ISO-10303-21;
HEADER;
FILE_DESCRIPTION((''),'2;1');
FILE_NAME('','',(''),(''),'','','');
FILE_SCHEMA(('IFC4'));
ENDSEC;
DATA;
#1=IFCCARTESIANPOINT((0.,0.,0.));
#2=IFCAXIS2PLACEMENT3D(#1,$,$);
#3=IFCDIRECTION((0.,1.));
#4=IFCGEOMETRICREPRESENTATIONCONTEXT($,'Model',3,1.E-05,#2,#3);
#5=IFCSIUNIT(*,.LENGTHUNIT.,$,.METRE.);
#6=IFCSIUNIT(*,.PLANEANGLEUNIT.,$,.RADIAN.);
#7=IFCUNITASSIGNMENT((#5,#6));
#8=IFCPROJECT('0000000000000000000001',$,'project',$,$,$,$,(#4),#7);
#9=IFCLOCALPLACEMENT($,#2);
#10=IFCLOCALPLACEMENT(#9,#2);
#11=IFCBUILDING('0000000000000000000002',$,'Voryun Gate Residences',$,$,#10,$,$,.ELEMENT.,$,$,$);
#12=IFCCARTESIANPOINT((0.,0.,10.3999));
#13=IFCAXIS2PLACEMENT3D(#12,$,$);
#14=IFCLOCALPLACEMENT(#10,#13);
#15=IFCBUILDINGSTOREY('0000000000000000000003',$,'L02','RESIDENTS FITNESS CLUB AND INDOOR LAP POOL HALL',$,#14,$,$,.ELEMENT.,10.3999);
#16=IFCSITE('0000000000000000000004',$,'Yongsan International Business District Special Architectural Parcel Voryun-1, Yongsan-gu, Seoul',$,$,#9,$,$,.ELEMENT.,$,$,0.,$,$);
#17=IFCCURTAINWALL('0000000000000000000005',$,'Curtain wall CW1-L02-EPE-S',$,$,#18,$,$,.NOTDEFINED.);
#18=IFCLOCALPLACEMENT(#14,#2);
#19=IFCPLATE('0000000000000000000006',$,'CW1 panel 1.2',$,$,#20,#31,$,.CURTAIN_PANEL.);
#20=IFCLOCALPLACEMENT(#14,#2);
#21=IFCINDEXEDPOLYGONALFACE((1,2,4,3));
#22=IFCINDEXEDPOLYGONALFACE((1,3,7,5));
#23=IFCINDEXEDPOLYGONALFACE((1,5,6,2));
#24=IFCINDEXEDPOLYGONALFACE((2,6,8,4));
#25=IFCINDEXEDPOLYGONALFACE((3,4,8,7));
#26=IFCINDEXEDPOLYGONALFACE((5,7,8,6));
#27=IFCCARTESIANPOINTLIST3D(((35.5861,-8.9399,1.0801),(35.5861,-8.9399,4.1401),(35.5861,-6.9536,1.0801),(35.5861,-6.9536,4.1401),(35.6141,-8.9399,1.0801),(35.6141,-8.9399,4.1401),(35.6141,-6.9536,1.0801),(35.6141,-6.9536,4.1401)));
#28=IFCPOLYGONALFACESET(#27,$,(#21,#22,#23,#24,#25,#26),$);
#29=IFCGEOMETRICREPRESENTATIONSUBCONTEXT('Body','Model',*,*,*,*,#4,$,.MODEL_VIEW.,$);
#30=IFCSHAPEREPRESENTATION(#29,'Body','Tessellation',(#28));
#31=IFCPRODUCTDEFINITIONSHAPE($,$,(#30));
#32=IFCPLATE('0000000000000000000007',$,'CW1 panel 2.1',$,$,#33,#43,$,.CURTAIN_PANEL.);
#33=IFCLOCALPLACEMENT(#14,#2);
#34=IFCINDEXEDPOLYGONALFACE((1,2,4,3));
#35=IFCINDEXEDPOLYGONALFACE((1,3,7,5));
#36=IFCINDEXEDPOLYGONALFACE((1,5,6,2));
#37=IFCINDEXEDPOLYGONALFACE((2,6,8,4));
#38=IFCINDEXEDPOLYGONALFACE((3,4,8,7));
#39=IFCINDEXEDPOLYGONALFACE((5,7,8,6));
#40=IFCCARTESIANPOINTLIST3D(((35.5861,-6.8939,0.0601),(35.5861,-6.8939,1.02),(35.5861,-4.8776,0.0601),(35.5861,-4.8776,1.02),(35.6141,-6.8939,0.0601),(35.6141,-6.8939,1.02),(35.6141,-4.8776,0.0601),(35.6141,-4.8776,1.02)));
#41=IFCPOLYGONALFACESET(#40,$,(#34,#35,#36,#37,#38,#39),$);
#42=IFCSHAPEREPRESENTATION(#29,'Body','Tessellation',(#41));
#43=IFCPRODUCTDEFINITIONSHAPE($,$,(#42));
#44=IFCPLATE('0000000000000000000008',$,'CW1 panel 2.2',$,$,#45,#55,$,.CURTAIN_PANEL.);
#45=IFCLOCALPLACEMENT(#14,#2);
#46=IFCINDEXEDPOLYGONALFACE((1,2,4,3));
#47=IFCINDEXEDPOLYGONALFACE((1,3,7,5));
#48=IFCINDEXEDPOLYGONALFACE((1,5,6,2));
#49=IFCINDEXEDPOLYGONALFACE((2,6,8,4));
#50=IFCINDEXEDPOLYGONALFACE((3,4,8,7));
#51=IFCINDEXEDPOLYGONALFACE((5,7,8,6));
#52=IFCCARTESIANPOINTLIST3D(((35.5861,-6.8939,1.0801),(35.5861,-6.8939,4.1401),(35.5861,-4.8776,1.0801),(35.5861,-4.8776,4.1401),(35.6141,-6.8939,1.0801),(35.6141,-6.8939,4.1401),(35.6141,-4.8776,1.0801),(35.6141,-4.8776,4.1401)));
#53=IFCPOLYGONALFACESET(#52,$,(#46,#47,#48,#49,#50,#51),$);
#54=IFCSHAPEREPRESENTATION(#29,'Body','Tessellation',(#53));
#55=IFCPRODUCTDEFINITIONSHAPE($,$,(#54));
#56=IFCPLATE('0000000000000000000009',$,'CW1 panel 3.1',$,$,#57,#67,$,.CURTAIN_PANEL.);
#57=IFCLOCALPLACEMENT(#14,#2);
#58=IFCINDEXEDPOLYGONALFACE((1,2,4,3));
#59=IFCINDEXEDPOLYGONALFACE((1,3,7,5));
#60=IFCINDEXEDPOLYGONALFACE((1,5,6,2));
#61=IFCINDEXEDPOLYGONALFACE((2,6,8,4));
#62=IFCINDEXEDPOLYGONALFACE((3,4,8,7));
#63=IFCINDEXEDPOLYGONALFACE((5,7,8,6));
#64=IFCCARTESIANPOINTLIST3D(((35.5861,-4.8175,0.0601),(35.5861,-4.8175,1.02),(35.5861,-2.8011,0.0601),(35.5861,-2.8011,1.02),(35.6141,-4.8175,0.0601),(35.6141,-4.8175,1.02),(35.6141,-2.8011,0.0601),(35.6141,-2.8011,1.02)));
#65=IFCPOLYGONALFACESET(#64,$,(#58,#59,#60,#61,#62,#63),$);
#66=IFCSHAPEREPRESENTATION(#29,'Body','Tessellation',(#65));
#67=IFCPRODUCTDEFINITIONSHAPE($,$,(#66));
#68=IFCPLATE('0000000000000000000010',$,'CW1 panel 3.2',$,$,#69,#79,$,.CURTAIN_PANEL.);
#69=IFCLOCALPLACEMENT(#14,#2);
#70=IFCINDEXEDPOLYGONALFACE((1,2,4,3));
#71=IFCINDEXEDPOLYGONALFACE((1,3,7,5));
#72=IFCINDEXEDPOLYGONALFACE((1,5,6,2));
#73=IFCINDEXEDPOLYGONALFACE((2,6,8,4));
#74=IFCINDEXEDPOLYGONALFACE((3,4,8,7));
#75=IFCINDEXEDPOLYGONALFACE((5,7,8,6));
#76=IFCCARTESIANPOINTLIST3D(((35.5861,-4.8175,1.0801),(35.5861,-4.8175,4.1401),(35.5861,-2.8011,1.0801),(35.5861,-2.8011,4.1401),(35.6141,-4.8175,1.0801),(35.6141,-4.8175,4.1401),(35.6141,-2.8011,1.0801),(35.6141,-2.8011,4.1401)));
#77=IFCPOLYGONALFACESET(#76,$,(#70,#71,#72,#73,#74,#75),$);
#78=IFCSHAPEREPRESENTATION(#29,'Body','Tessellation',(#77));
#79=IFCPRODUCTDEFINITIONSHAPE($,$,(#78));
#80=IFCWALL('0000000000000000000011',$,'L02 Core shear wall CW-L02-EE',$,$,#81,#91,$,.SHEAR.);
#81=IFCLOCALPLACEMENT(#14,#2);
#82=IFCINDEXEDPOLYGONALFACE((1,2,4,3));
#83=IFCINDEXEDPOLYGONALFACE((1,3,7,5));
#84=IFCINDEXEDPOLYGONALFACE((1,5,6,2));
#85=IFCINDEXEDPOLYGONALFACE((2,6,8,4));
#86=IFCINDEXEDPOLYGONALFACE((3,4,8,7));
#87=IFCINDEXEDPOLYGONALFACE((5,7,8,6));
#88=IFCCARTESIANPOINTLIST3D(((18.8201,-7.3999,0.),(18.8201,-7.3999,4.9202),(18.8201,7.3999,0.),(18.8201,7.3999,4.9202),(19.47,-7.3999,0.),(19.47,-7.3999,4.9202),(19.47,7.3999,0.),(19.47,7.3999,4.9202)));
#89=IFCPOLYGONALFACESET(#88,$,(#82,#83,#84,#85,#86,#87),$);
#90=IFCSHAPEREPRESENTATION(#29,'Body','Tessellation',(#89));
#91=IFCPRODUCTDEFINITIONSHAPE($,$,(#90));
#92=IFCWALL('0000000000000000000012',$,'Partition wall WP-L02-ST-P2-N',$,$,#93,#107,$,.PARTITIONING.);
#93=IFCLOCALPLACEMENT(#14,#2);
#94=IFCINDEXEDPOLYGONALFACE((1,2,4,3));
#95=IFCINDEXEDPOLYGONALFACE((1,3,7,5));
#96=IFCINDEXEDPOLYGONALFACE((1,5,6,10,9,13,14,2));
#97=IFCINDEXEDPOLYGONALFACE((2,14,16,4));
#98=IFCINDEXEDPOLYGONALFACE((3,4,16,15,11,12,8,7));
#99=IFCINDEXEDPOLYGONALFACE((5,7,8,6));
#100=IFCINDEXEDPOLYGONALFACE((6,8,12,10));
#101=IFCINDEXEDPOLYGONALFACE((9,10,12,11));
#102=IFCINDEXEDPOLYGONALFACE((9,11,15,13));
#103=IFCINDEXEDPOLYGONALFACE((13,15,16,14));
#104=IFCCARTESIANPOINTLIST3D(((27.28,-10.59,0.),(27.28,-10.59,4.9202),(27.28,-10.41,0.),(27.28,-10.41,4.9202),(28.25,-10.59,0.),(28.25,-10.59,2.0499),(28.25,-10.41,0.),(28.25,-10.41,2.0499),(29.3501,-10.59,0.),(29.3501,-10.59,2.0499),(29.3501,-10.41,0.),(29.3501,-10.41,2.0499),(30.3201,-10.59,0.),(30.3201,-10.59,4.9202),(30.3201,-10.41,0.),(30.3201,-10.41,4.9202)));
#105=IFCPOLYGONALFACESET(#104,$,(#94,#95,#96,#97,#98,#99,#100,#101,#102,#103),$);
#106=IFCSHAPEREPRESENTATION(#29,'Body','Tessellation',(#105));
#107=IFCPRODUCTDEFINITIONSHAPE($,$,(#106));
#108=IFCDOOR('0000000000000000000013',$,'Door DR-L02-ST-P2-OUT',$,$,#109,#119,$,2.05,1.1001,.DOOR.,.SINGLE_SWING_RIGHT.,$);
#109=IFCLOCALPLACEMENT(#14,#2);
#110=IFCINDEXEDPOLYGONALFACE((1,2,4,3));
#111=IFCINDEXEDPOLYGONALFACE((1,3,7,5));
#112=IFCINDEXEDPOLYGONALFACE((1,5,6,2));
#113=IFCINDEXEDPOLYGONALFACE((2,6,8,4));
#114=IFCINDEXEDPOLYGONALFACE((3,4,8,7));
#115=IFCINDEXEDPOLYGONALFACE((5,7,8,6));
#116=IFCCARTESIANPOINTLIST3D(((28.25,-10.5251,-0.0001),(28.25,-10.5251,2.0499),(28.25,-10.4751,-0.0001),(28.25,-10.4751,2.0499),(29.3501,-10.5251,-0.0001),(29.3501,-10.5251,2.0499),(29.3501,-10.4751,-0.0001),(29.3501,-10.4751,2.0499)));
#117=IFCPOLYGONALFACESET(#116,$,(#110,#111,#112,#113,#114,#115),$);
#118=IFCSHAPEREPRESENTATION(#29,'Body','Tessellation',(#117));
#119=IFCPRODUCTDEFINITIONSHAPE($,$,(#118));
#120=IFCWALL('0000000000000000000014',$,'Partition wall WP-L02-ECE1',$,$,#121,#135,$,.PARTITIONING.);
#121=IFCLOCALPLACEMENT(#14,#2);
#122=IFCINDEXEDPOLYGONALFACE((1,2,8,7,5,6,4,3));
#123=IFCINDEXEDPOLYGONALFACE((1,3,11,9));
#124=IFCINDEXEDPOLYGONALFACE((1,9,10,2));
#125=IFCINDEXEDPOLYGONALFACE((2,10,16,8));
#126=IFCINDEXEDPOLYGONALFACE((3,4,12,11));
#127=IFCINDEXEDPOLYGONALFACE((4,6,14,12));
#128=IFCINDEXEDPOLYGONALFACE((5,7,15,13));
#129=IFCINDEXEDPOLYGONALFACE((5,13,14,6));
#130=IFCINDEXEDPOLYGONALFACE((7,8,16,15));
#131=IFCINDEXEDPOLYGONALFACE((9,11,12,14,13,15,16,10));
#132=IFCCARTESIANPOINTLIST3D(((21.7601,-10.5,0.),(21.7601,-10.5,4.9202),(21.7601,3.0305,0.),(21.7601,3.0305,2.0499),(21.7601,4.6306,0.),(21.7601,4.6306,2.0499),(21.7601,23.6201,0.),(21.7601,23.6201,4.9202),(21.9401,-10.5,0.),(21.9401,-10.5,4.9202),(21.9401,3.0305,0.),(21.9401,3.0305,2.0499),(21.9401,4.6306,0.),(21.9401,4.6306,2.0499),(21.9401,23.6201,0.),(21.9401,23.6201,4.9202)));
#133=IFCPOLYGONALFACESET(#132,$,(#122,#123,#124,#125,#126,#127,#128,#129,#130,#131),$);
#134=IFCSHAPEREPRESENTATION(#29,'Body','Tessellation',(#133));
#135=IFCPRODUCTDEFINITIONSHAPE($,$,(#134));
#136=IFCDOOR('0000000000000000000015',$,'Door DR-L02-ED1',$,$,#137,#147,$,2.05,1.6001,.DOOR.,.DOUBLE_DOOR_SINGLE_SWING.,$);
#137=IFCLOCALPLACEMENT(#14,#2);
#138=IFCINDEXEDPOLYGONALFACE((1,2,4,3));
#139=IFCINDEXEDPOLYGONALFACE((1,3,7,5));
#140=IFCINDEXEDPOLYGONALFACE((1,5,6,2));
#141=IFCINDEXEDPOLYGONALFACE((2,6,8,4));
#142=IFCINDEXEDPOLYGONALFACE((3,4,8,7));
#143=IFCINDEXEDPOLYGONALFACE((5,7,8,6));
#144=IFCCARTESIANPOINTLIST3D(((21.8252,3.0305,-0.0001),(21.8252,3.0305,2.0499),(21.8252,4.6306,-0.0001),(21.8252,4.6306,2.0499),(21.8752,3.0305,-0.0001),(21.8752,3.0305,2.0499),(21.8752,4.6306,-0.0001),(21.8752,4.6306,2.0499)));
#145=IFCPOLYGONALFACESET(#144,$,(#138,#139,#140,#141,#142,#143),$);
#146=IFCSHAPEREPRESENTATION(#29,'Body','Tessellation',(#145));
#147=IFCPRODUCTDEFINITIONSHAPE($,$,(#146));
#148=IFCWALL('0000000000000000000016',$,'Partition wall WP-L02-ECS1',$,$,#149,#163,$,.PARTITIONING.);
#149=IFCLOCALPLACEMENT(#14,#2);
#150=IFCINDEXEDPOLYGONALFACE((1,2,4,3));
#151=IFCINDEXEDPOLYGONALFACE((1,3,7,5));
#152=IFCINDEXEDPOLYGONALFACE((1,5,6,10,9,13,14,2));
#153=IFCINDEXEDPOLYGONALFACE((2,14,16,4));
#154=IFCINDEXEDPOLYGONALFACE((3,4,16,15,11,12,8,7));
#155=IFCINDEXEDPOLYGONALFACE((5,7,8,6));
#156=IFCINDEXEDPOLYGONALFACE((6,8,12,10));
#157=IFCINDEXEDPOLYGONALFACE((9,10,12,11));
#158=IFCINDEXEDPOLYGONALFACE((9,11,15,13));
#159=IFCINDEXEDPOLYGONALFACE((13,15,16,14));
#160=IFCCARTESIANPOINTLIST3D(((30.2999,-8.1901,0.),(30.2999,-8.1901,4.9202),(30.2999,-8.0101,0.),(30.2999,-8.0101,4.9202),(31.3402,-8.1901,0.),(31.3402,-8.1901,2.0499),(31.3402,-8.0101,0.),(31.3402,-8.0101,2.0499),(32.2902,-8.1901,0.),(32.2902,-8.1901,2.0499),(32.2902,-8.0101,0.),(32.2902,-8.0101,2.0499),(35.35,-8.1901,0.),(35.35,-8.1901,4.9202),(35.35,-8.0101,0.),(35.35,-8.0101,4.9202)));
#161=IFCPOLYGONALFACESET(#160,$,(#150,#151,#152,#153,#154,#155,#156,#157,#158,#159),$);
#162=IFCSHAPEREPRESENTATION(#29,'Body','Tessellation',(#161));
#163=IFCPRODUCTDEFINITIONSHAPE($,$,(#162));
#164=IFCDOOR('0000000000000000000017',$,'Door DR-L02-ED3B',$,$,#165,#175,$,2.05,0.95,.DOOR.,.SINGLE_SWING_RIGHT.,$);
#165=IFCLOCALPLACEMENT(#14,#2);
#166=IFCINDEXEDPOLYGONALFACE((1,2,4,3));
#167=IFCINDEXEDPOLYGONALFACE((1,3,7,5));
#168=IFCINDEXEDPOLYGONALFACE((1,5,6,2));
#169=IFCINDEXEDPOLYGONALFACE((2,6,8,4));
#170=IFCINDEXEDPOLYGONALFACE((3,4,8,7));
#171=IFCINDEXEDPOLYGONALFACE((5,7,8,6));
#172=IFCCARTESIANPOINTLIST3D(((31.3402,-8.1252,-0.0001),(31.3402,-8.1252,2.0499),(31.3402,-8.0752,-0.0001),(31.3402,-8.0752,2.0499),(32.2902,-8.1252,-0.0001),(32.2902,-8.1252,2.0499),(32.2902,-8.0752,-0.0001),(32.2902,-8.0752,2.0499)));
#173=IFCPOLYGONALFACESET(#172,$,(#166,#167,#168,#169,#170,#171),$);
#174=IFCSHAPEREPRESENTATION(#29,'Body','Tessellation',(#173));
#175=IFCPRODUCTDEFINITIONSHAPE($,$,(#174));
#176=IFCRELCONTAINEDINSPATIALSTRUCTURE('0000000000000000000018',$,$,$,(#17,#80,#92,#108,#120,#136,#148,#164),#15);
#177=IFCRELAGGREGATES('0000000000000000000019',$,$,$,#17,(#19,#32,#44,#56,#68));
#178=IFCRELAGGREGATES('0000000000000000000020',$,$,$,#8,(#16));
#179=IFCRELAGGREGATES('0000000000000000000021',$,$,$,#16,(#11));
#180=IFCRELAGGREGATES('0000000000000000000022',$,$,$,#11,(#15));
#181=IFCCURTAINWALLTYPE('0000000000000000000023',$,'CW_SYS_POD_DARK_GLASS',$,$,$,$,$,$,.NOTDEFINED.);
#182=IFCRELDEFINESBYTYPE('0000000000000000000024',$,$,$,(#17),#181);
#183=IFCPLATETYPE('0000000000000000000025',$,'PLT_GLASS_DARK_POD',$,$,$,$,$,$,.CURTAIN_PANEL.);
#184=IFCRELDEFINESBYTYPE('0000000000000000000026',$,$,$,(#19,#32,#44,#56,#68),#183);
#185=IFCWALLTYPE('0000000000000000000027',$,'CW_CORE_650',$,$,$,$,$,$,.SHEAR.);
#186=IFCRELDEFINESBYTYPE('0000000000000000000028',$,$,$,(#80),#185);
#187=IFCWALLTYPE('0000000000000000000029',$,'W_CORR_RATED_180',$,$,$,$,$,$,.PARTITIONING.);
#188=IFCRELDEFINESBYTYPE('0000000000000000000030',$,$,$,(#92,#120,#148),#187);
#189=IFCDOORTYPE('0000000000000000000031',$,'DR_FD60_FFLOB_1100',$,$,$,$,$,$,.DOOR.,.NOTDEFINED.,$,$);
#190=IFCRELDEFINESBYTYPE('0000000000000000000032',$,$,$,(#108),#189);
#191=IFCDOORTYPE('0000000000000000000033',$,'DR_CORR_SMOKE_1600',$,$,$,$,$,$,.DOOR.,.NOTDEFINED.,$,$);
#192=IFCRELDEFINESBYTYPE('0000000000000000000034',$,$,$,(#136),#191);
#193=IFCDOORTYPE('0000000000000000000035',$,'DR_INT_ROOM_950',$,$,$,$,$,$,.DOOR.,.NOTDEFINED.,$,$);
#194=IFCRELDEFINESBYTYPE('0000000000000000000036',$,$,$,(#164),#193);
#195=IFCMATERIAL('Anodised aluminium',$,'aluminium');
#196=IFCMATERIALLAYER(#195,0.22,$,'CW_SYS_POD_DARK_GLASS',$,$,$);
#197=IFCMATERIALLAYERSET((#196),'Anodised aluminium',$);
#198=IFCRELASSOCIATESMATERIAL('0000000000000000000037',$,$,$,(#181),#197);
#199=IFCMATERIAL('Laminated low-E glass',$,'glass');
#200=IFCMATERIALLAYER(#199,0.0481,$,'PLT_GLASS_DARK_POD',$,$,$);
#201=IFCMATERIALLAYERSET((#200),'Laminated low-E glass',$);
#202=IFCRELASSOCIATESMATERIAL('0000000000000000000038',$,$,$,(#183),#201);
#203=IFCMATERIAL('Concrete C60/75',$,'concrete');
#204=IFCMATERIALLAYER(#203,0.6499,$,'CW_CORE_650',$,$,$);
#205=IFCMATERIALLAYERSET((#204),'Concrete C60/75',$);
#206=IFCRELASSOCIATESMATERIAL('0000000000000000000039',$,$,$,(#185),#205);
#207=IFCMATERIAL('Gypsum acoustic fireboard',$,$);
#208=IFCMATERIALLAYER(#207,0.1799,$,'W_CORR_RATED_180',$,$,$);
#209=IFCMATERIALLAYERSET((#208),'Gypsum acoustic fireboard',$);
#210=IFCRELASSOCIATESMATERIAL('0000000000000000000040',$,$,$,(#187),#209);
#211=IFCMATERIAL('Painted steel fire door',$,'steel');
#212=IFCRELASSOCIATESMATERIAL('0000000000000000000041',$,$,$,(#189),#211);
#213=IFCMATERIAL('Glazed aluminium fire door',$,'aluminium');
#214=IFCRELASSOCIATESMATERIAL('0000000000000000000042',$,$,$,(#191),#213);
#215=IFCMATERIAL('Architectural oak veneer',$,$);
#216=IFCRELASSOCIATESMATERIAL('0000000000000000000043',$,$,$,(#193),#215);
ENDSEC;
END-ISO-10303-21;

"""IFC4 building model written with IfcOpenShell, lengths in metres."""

from ifc_helpers import new_model, si_unit, direction, frame, frame_2d, origin, origin_2d, place, context, subcontext, project, spatial, rectangle, extrude, material, layer, layer_set, type_object, element, fill, aggregate, save


model = new_model("IFC4")

# Units and contexts
model_context = context("Model", 3, precision=1e-05, world=origin(), true_north=direction((0.0, 1.0)))
body_context = subcontext(model_context, "Body", "Model", "MODEL_VIEW")
ifc_project = project(units=[si_unit("LENGTHUNIT", "METRE"), si_unit("PLANEANGLEUNIT", "RADIAN")], contexts=[model_context])

# Site, building, storey
site_placement = place(None, origin())
site = spatial("IfcSite", under=ifc_project, at=site_placement, Name="Yongsan International Business District Special Architectural Parcel Voryun-1, Yongsan-gu, Seoul", CompositionType="ELEMENT", RefElevation=0.0)
building_placement = place(site_placement, origin())
building = spatial("IfcBuilding", under=site, at=building_placement, Name="Voryun Gate Residences", CompositionType="ELEMENT")
storey_placement = place(building_placement, frame((0.0, 0.0, 10.3999)))
storey = spatial("IfcBuildingStorey", under=building, at=storey_placement, Name="L02", Description="RESIDENTS FITNESS CLUB AND INDOOR LAP POOL HALL", CompositionType="ELEMENT", Elevation=10.3999)

# Curtain wall, plates
ifc_material_1 = material(Name="Anodised aluminium", Category="aluminium")
ifc_layer_1 = layer(ifc_material_1, 0.22, Name="CW_SYS_POD_DARK_GLASS")
ifc_layer_set_1 = layer_set([ifc_layer_1], Name="Anodised aluminium")
curtain_wall_type = type_object("IfcCurtainWallType", Name="CW_SYS_POD_DARK_GLASS", PredefinedType="NOTDEFINED", material=ifc_layer_set_1)
curtain_wall_placement = place(storey_placement, origin())
curtain_wall = element("IfcCurtainWall", 1, at=curtain_wall_placement, inside=storey, type_object=curtain_wall_type, Name="Curtain wall CW1-L02-EPE-S", PredefinedType="NOTDEFINED")
ifc_material_2 = material(Name="Laminated low-E glass", Category="glass")
ifc_layer_2 = layer(ifc_material_2, 0.0481, Name="PLT_GLASS_DARK_POD")
ifc_layer_set_2 = layer_set([ifc_layer_2], Name="Laminated low-E glass")
plate_type = type_object("IfcPlateType", Name="PLT_GLASS_DARK_POD", PredefinedType="CURTAIN_PANEL", material=ifc_layer_set_2)
plate_1_placement = place(storey_placement, frame((35.6001, -7.9468, 1.0801), z_axis=(0.0, 0.0, 1.0), x_axis=(0.0, 1.0, 0.0)))
plate_1 = element("IfcPlate", 2, at=plate_1_placement, type_object=plate_type, Name="CW1 panel 1.2", PredefinedType="CURTAIN_PANEL", context=body_context, shape_type="SweptSolid", body=[
    extrude(rectangle(XDim=1.9863, YDim=0.0281, at=origin_2d()), origin(), (0.0, 0.0, 1.0), 3.0601),
])
plate_2_placement = place(storey_placement, frame((35.6001, -5.8857, 0.0601), z_axis=(0.0, 0.0, 1.0), x_axis=(0.0, 1.0, 0.0)))
plate_2 = element("IfcPlate", 3, at=plate_2_placement, type_object=plate_type, Name="CW1 panel 2.1", PredefinedType="CURTAIN_PANEL", context=body_context, shape_type="SweptSolid", body=[
    extrude(rectangle(XDim=2.0164, YDim=0.0281, at=origin_2d()), origin(), (0.0, 0.0, 1.0), 0.96),
])
plate_3_placement = place(storey_placement, frame((35.6001, -5.8857, 1.0801), z_axis=(0.0, 0.0, 1.0), x_axis=(0.0, 1.0, 0.0)))
plate_3 = element("IfcPlate", 4, at=plate_3_placement, type_object=plate_type, Name="CW1 panel 2.2", PredefinedType="CURTAIN_PANEL", context=body_context, shape_type="SweptSolid", body=[
    extrude(rectangle(XDim=2.0164, YDim=0.0281, at=origin_2d()), origin(), (0.0, 0.0, 1.0), 3.0601),
])
plate_4_placement = place(storey_placement, frame((35.6001, -3.8093, 0.0601), z_axis=(0.0, 0.0, 1.0), x_axis=(0.0, 1.0, 0.0)))
plate_4 = element("IfcPlate", 5, at=plate_4_placement, type_object=plate_type, Name="CW1 panel 3.1", PredefinedType="CURTAIN_PANEL", context=body_context, shape_type="SweptSolid", body=[
    extrude(rectangle(XDim=2.0164, YDim=0.0281, at=origin_2d()), origin(), (0.0, 0.0, 1.0), 0.96),
])
plate_5_placement = place(storey_placement, frame((35.6001, -3.8093, 1.0801), z_axis=(0.0, 0.0, 1.0), x_axis=(0.0, 1.0, 0.0)))
plate_5 = element("IfcPlate", 6, at=plate_5_placement, type_object=plate_type, Name="CW1 panel 3.2", PredefinedType="CURTAIN_PANEL", context=body_context, shape_type="SweptSolid", body=[
    extrude(rectangle(XDim=2.0164, YDim=0.0281, at=origin_2d()), origin(), (0.0, 0.0, 1.0), 3.0601),
])
aggregate(curtain_wall, [plate_1, plate_2, plate_3, plate_4, plate_5])

# Wall
ifc_material_3 = material(Name="Concrete C60/75", Category="concrete")
ifc_layer_3 = layer(ifc_material_3, 0.6499, Name="CW_CORE_650")
ifc_layer_set_3 = layer_set([ifc_layer_3], Name="Concrete C60/75")
wall_type_1 = type_object("IfcWallType", Name="CW_CORE_650", PredefinedType="SHEAR", material=ifc_layer_set_3)
wall_1_placement = place(storey_placement, frame((19.145, -7.3999, 0.0), z_axis=(0.0, 0.0, 1.0), x_axis=(0.0, 1.0, 0.0)))
element("IfcWall", 7, at=wall_1_placement, inside=storey, type_object=wall_type_1, Name="L02 Core shear wall CW-L02-EE", PredefinedType="SHEAR", context=body_context, shape_type="SweptSolid", body=[
    extrude(rectangle(XDim=14.7998, YDim=0.6499, at=frame_2d((7.3999, 0.0))), origin(), (0.0, 0.0, 1.0), 4.9202),
])

# Walls, openings, doors
ifc_material_4 = material(Name="Gypsum acoustic fireboard")
ifc_layer_4 = layer(ifc_material_4, 0.1799, Name="W_CORR_RATED_180")
ifc_layer_set_4 = layer_set([ifc_layer_4], Name="Gypsum acoustic fireboard")
wall_type_2 = type_object("IfcWallType", Name="W_CORR_RATED_180", PredefinedType="PARTITIONING", material=ifc_layer_set_4)
wall_2_placement = place(storey_placement, frame((27.28, -10.5, 0.0), z_axis=(0.0, 0.0, 1.0), x_axis=(1.0, 0.0, 0.0)))
wall_2 = element("IfcWall", 8, at=wall_2_placement, inside=storey, type_object=wall_type_2, Name="Partition wall WP-L02-ST-P2-N", PredefinedType="PARTITIONING", context=body_context, shape_type="SweptSolid", body=[
    extrude(rectangle(XDim=3.04, YDim=0.1799, at=frame_2d((1.52, 0.0))), origin(), (0.0, 0.0, 1.0), 4.9202),
])
opening_1_placement = place(wall_2_placement, frame((0.97, 0.0, 0.0)))
opening_1 = element("IfcOpeningElement", 9, at=opening_1_placement, cuts=wall_2, PredefinedType="OPENING", context=body_context, shape_type="SweptSolid", body=[
    extrude(rectangle(XDim=1.1001, YDim=2.05, at=frame_2d((0.55, 1.0249))), frame((0.0, 0.0999, 0.0), z_axis=(0.0, -1.0, 0.0), x_axis=(1.0, 0.0, 0.0)), (0.0, 0.0, 1.0), 0.2),
])
ifc_material_5 = material(Name="Painted steel fire door", Category="steel")
door_type_1 = type_object("IfcDoorType", Name="DR_FD60_FFLOB_1100", OperationType="NOTDEFINED", PredefinedType="DOOR", material=ifc_material_5)
door_1_placement = place(opening_1_placement, origin())
door_1 = element("IfcDoor", 10, at=door_1_placement, inside=storey, type_object=door_type_1, Name="Door DR-L02-ST-P2-OUT", OperationType="SINGLE_SWING_RIGHT", OverallHeight=2.05, OverallWidth=1.1001, PredefinedType="DOOR", context=body_context, shape_type="SweptSolid", body=[
    extrude(rectangle(XDim=1.1001, YDim=2.05, at=frame_2d((0.55, 1.0249))), frame((0.0, 0.0249, 0.0), z_axis=(0.0, -1.0, 0.0), x_axis=(1.0, 0.0, 0.0)), (0.0, 0.0, 1.0), 0.05),
])
fill(opening_1, door_1)
wall_3_placement = place(storey_placement, frame((21.8501, -10.5, 0.0), z_axis=(0.0, 0.0, 1.0), x_axis=(0.0, 1.0, 0.0)))
wall_3 = element("IfcWall", 11, at=wall_3_placement, inside=storey, type_object=wall_type_2, Name="Partition wall WP-L02-ECE1", PredefinedType="PARTITIONING", context=body_context, shape_type="SweptSolid", body=[
    extrude(rectangle(XDim=34.1201, YDim=0.1799, at=frame_2d((17.0601, 0.0))), origin(), (0.0, 0.0, 1.0), 4.9202),
])
opening_2_placement = place(wall_3_placement, frame((13.5305, 0.0, 0.0)))
opening_2 = element("IfcOpeningElement", 12, at=opening_2_placement, cuts=wall_3, PredefinedType="OPENING", context=body_context, shape_type="SweptSolid", body=[
    extrude(rectangle(XDim=1.6001, YDim=2.05, at=frame_2d((0.8, 1.0249))), frame((0.0, 0.0999, 0.0), z_axis=(0.0, -1.0, 0.0), x_axis=(1.0, 0.0, 0.0)), (0.0, 0.0, 1.0), 0.2),
])
ifc_material_6 = material(Name="Glazed aluminium fire door", Category="aluminium")
door_type_2 = type_object("IfcDoorType", Name="DR_CORR_SMOKE_1600", OperationType="NOTDEFINED", PredefinedType="DOOR", material=ifc_material_6)
door_2_placement = place(opening_2_placement, origin())
door_2 = element("IfcDoor", 13, at=door_2_placement, inside=storey, type_object=door_type_2, Name="Door DR-L02-ED1", OperationType="DOUBLE_DOOR_SINGLE_SWING", OverallHeight=2.05, OverallWidth=1.6001, PredefinedType="DOOR", context=body_context, shape_type="SweptSolid", body=[
    extrude(rectangle(XDim=1.6001, YDim=2.05, at=frame_2d((0.8, 1.0249))), frame((0.0, 0.0249, 0.0), z_axis=(0.0, -1.0, 0.0), x_axis=(1.0, 0.0, 0.0)), (0.0, 0.0, 1.0), 0.05),
])
fill(opening_2, door_2)
wall_4_placement = place(storey_placement, frame((30.3, -8.1001, 0.0), z_axis=(0.0, 0.0, 1.0), x_axis=(1.0, 0.0, 0.0)))
wall_4 = element("IfcWall", 14, at=wall_4_placement, inside=storey, type_object=wall_type_2, Name="Partition wall WP-L02-ECS1", PredefinedType="PARTITIONING", context=body_context, shape_type="SweptSolid", body=[
    extrude(rectangle(XDim=5.05, YDim=0.1799, at=frame_2d((2.5249, 0.0))), origin(), (0.0, 0.0, 1.0), 4.9202),
])
opening_3_placement = place(wall_4_placement, frame((1.04, 0.0, 0.0)))
opening_3 = element("IfcOpeningElement", 15, at=opening_3_placement, cuts=wall_4, PredefinedType="OPENING", context=body_context, shape_type="SweptSolid", body=[
    extrude(rectangle(XDim=0.95, YDim=2.05, at=frame_2d((0.4751, 1.0249))), frame((0.0, 0.0999, 0.0), z_axis=(0.0, -1.0, 0.0), x_axis=(1.0, 0.0, 0.0)), (0.0, 0.0, 1.0), 0.2),
])
ifc_material_7 = material(Name="Architectural oak veneer")
door_type_3 = type_object("IfcDoorType", Name="DR_INT_ROOM_950", OperationType="NOTDEFINED", PredefinedType="DOOR", material=ifc_material_7)
door_3_placement = place(opening_3_placement, origin())
door_3 = element("IfcDoor", 16, at=door_3_placement, inside=storey, type_object=door_type_3, Name="Door DR-L02-ED3B", OperationType="SINGLE_SWING_RIGHT", OverallHeight=2.05, OverallWidth=0.95, PredefinedType="DOOR", context=body_context, shape_type="SweptSolid", body=[
    extrude(rectangle(XDim=0.95, YDim=2.05, at=frame_2d((0.4751, 1.0249))), frame((0.0, 0.0249, 0.0), z_axis=(0.0, -1.0, 0.0), x_axis=(1.0, 0.0, 0.0)), (0.0, 0.0, 1.0), 0.05),
])
fill(opening_3, door_3)

save(model, "model.ifc")
